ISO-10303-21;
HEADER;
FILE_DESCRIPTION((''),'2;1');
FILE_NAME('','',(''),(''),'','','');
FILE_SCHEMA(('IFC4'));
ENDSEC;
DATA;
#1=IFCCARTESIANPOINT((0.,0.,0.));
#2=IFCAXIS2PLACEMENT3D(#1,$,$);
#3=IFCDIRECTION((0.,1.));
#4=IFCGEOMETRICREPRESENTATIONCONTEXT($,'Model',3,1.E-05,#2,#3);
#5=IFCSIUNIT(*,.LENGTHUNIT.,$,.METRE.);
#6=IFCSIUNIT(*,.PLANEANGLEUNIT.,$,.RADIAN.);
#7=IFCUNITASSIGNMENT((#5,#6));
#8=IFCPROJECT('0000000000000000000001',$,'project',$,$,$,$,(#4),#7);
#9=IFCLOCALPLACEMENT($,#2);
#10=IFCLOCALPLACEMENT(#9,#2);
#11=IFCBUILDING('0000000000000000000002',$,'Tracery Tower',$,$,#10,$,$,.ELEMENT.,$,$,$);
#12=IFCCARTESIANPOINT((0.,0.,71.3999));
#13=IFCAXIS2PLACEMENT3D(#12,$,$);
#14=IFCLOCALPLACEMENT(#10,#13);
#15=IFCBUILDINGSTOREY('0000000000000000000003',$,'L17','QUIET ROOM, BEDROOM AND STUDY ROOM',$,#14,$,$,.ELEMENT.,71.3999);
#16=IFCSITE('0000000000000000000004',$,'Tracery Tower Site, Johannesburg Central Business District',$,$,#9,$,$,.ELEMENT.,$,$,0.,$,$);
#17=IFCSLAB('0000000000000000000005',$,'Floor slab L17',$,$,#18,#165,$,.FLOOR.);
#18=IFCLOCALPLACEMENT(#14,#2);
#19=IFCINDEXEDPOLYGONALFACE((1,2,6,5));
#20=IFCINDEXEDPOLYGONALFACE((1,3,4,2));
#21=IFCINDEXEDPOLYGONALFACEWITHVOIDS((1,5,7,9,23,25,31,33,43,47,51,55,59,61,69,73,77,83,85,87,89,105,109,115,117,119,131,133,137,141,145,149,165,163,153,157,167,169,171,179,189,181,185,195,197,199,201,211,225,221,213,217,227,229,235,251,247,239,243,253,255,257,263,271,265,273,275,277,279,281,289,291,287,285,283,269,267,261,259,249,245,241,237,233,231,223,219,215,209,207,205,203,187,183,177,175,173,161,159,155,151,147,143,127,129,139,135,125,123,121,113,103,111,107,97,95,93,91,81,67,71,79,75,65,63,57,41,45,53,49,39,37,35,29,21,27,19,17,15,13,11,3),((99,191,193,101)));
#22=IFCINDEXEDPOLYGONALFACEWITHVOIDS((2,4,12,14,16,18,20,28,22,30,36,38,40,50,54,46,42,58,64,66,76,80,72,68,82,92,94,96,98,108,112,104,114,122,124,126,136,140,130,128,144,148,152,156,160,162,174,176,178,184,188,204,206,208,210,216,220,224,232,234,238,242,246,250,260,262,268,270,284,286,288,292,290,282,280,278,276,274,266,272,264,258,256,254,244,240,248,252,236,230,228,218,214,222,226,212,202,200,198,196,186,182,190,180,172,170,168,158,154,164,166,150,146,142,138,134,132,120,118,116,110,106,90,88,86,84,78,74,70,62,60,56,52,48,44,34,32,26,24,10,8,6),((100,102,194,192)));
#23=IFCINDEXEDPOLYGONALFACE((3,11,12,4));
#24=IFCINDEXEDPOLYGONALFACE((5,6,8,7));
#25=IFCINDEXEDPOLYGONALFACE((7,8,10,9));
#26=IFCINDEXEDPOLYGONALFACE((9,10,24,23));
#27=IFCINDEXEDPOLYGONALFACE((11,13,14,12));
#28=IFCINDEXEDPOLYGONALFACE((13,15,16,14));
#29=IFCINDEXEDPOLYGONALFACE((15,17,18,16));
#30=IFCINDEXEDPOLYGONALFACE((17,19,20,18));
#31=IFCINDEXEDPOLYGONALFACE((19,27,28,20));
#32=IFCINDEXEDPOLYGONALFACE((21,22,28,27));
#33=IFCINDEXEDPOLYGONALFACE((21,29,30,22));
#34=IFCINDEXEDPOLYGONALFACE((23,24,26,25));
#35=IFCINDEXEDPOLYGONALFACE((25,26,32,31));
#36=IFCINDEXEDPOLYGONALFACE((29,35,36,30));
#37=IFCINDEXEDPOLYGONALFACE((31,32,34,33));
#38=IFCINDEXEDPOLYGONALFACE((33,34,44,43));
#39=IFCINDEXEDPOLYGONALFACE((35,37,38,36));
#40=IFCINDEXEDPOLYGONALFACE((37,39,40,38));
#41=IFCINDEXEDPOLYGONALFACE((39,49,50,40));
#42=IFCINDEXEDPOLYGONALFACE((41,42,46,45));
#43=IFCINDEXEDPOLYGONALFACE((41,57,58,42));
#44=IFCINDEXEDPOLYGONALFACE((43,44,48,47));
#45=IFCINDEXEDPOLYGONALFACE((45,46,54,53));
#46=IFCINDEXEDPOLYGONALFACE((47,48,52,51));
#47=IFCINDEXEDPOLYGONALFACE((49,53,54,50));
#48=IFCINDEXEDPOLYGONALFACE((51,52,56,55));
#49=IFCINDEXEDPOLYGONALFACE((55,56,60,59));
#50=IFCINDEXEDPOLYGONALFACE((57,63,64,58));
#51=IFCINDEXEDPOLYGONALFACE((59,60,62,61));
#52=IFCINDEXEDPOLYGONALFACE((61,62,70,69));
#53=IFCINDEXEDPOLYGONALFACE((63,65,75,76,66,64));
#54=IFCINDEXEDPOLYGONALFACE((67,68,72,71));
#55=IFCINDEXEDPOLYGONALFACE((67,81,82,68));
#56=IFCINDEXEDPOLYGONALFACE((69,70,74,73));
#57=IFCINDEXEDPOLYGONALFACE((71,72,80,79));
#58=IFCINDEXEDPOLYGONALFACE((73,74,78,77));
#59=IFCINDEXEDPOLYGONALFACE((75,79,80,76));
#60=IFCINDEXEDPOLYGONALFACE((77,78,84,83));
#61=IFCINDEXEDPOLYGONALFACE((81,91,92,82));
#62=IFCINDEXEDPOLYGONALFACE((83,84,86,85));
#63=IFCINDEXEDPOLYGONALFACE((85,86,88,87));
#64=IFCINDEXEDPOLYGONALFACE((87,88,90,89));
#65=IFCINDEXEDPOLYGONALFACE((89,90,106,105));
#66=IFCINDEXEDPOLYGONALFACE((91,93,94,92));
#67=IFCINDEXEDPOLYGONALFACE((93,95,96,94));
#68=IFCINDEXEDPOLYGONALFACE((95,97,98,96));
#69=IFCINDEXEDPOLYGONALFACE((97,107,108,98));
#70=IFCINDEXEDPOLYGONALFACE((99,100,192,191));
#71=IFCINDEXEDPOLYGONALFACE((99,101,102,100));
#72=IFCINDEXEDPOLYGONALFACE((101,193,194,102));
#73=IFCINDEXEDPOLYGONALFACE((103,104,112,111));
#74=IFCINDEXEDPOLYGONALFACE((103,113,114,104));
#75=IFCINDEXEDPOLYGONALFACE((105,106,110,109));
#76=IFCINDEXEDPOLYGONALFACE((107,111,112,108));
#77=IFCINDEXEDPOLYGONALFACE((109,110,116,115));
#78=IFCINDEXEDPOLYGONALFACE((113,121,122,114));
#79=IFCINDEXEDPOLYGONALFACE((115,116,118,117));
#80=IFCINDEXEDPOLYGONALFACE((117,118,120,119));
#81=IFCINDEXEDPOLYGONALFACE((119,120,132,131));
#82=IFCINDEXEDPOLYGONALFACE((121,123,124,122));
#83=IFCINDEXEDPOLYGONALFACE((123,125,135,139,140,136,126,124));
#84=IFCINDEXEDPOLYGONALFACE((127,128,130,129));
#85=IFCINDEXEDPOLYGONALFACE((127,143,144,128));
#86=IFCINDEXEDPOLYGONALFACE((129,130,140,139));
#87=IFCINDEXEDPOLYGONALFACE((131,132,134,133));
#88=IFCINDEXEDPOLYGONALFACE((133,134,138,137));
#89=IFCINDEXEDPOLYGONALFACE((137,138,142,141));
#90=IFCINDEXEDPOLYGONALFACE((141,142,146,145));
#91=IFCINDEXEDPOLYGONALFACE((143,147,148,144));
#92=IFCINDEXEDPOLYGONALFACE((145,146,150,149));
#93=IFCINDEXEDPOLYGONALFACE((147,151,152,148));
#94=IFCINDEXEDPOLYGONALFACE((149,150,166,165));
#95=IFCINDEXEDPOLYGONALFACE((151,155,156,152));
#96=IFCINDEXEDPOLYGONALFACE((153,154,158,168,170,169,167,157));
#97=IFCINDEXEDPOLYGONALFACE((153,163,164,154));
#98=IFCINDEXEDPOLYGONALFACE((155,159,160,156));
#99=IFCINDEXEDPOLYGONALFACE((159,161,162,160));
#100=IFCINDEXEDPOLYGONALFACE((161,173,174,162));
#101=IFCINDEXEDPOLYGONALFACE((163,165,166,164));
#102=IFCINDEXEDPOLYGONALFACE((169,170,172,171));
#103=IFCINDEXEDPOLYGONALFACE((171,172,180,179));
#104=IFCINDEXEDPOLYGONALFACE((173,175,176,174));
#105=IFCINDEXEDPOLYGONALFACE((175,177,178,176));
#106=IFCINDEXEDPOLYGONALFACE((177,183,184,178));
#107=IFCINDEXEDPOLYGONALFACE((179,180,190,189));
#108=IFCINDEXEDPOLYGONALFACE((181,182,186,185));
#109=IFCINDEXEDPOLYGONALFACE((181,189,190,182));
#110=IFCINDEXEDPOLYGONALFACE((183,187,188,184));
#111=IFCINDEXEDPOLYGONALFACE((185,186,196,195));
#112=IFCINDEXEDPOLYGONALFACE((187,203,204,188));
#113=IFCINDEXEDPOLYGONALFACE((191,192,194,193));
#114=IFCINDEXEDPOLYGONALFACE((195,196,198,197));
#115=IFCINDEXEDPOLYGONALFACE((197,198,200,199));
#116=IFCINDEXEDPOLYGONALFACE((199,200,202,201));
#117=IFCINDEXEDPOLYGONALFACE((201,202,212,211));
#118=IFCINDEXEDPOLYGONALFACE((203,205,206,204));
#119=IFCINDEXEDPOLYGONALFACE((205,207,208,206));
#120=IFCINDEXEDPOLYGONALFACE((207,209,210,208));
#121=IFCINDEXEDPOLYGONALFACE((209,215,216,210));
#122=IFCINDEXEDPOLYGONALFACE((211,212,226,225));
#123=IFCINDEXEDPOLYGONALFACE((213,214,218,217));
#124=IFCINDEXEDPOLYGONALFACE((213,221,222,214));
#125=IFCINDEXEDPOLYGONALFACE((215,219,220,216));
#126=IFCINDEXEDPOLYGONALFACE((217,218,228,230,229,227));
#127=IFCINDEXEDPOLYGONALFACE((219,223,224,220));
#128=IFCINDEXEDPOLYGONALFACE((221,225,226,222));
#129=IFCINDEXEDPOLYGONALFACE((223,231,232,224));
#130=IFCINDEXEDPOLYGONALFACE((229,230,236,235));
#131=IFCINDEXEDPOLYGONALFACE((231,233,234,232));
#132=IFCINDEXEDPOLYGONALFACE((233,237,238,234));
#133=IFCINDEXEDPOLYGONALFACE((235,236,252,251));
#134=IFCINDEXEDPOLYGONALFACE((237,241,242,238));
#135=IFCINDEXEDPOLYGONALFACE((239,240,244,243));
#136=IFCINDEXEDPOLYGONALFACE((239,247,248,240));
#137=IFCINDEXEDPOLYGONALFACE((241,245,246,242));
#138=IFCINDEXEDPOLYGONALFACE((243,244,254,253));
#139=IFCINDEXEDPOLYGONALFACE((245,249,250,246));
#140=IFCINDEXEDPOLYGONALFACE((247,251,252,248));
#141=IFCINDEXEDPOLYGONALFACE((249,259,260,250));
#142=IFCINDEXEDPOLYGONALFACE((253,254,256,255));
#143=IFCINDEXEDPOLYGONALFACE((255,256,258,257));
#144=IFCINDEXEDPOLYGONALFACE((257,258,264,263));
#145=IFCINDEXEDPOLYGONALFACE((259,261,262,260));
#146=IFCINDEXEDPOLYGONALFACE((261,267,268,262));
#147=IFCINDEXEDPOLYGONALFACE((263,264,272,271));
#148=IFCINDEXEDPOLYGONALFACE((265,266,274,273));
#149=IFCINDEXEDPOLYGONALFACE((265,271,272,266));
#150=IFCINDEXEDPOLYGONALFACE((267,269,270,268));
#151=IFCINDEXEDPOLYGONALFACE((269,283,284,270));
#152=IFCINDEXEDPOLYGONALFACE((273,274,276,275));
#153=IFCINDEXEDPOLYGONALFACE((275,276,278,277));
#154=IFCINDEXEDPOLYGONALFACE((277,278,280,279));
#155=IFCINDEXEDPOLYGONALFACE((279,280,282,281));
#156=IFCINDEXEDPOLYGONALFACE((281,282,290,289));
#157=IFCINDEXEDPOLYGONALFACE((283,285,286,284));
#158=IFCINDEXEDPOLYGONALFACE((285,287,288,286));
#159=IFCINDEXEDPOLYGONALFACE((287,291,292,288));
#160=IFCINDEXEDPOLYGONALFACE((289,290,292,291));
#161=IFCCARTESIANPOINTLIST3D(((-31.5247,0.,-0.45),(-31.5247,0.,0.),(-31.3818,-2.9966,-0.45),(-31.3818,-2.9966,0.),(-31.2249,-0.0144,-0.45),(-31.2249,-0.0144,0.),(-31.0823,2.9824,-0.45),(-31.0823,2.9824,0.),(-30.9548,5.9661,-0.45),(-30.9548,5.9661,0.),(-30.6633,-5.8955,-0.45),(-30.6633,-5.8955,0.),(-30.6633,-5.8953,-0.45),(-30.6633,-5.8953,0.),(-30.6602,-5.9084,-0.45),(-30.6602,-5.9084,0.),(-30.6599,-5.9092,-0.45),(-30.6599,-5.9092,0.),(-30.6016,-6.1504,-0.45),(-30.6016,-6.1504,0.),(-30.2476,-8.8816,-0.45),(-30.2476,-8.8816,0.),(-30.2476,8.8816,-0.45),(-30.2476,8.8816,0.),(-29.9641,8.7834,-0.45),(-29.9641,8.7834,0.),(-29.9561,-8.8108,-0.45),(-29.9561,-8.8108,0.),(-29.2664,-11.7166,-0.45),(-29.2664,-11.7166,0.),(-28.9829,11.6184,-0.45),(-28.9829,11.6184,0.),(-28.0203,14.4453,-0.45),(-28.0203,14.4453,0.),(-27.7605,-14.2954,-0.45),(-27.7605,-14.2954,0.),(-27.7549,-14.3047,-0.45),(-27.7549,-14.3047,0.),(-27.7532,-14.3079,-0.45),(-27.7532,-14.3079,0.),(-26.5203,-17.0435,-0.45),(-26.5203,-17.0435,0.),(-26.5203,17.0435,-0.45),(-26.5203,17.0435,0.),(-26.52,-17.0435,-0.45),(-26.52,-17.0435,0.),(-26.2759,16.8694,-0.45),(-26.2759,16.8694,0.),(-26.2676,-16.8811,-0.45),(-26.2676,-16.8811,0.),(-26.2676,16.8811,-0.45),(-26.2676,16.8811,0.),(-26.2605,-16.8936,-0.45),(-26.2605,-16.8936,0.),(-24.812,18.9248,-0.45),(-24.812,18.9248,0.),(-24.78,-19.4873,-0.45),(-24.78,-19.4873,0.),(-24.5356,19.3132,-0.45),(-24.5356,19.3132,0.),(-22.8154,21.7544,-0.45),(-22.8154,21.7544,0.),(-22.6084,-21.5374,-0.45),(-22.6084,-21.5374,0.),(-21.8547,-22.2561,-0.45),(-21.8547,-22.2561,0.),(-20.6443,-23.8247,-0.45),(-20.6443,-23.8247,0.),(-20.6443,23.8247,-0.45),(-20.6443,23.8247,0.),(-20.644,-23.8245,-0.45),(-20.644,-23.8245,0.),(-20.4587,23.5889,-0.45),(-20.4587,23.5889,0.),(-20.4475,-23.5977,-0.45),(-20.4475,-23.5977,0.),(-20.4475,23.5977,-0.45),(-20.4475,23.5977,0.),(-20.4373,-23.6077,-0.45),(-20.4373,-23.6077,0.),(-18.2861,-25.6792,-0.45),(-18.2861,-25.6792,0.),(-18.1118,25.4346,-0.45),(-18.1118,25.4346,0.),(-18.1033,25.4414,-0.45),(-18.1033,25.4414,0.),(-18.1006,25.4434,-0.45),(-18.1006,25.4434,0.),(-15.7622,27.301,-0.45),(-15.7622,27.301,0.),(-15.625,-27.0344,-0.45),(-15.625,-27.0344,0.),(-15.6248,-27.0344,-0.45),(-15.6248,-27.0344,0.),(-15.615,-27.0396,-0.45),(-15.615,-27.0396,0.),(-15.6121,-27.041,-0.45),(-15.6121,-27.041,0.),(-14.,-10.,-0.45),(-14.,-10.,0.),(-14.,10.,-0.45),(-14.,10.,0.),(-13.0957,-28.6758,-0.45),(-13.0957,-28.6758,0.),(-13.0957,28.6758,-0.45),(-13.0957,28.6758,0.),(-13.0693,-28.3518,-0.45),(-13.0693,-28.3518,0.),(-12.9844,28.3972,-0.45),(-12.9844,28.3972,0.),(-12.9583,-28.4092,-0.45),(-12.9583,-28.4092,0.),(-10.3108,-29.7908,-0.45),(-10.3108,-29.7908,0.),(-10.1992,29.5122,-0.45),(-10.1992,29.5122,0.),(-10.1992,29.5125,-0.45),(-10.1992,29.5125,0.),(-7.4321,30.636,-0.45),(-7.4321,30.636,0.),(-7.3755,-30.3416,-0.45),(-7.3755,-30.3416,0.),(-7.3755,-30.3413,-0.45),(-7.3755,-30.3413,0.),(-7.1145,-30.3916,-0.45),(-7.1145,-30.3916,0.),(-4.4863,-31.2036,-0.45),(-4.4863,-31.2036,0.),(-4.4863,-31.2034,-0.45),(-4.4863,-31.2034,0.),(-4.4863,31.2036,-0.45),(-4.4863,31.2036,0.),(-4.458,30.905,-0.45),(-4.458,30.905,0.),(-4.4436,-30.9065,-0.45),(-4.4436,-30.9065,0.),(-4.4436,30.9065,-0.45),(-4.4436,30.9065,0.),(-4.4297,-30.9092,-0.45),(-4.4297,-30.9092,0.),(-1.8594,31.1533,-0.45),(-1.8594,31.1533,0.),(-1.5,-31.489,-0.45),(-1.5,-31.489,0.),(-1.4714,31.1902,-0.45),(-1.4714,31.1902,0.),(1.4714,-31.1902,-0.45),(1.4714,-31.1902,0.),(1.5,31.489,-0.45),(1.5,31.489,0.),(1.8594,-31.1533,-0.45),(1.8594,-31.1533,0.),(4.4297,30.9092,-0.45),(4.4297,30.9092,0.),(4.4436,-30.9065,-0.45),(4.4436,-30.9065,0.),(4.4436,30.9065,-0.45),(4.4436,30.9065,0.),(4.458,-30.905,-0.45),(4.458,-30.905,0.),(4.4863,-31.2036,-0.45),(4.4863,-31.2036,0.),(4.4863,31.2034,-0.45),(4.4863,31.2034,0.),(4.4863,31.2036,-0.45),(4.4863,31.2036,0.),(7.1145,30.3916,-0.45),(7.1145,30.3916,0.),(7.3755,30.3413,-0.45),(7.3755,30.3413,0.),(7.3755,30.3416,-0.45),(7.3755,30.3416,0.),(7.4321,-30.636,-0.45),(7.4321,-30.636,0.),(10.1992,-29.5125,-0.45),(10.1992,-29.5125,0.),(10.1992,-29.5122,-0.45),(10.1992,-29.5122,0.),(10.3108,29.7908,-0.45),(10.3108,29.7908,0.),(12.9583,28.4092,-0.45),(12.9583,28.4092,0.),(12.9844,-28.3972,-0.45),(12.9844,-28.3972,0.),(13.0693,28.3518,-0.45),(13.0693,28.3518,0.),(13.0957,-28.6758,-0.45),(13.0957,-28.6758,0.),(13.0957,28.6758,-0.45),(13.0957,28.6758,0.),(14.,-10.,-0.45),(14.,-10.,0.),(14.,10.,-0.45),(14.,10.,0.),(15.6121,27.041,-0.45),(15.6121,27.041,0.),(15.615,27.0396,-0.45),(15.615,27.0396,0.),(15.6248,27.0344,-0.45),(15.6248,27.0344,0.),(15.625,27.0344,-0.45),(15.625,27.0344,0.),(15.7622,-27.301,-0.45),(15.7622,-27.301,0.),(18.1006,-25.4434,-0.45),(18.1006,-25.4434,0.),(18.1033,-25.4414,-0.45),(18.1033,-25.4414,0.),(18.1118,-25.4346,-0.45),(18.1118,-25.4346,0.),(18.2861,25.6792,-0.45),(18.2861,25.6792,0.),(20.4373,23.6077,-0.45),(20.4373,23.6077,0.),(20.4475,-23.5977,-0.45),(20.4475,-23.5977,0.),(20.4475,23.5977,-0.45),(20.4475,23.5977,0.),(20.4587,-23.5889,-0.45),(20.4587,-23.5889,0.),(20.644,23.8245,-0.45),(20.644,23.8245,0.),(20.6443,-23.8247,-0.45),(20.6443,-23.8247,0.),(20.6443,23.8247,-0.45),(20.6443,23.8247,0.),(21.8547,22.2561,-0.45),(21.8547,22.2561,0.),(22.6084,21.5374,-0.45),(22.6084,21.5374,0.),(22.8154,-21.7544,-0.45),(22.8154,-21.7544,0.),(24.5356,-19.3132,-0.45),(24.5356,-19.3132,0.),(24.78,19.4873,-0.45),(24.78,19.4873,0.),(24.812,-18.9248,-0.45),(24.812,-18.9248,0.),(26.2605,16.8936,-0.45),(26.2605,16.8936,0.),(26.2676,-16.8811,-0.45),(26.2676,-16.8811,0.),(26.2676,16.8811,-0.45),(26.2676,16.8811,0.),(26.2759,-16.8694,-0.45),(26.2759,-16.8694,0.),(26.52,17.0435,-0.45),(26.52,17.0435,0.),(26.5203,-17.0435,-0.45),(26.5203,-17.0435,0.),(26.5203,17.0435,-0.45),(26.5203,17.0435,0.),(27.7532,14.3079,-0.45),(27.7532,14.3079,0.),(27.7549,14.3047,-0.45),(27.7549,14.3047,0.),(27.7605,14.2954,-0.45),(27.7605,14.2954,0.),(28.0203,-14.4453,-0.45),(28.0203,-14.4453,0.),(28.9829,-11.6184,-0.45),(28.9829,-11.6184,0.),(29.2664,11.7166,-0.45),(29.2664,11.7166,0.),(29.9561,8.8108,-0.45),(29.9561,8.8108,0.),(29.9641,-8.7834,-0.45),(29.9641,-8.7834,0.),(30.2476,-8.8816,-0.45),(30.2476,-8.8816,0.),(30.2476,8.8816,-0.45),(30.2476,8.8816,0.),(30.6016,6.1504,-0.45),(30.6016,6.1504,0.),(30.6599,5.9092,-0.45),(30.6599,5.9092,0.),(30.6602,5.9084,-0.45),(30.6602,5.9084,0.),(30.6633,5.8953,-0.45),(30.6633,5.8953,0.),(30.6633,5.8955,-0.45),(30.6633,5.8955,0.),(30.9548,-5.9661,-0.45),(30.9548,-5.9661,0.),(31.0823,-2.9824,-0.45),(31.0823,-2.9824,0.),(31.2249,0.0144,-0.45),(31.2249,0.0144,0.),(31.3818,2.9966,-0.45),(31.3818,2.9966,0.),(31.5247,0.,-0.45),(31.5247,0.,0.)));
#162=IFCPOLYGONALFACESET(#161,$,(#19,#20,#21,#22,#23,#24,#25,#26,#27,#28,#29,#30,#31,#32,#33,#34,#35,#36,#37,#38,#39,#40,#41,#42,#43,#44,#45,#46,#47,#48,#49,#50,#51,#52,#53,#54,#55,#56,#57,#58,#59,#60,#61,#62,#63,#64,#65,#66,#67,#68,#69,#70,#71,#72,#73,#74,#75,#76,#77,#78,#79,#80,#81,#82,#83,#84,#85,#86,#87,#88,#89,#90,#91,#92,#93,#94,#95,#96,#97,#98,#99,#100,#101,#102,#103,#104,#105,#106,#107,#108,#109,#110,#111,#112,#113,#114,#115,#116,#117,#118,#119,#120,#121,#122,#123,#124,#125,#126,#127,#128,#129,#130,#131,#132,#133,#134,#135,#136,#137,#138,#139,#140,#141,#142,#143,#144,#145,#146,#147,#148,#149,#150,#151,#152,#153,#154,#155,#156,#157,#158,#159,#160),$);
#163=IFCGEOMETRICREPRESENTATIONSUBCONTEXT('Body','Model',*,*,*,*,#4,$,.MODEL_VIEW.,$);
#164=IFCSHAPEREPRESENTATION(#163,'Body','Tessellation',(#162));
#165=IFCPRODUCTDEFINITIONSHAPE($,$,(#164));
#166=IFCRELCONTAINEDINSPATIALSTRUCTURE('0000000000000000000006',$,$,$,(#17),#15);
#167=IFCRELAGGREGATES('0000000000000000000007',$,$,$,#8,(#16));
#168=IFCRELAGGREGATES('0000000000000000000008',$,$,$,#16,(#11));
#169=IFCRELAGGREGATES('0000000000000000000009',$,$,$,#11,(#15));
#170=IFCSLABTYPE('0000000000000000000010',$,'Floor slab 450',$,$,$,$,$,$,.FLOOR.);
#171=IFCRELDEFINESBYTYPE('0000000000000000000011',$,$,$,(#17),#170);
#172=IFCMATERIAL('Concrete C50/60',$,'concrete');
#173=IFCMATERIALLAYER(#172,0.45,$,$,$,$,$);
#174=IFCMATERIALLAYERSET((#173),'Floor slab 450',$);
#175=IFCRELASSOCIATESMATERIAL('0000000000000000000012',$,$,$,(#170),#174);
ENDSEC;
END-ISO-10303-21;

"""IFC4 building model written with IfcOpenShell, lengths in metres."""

from ifc_helpers import new_model, si_unit, direction, frame, origin, place, context, subcontext, project, spatial, polyline, outline, extrude, material, layer, layer_set, type_object, element, save


model = new_model("IFC4")

# Units and contexts
model_context = context("Model", 3, precision=1e-05, world=origin(), true_north=direction((0.0, 1.0)))
body_context = subcontext(model_context, "Body", "Model", "MODEL_VIEW")
ifc_project = project(units=[si_unit("LENGTHUNIT", "METRE"), si_unit("PLANEANGLEUNIT", "RADIAN")], contexts=[model_context])

# Site, building, storey
site_placement = place(None, origin())
site = spatial("IfcSite", under=ifc_project, at=site_placement, Name="Tracery Tower Site, Johannesburg Central Business District", CompositionType="ELEMENT", RefElevation=0.0)
building_placement = place(site_placement, origin())
building = spatial("IfcBuilding", under=site, at=building_placement, Name="Tracery Tower", CompositionType="ELEMENT")
storey_placement = place(building_placement, frame((0.0, 0.0, 71.3999)))
storey = spatial("IfcBuildingStorey", under=building, at=storey_placement, Name="L17", Description="QUIET ROOM, BEDROOM AND STUDY ROOM", CompositionType="ELEMENT", Elevation=71.3999)

# Slab
ifc_material_1 = material(Name="Concrete C50/60", Category="concrete")
ifc_layer_1 = layer(ifc_material_1, 0.45)
ifc_layer_set_1 = layer_set([ifc_layer_1], Name="Floor slab 450")
slab_type_1 = type_object("IfcSlabType", Name="Floor slab 450", PredefinedType="FLOOR", material=ifc_layer_set_1)
slab_1_placement = place(storey_placement, frame((0.0, 0.0, -0.45)))
element("IfcSlab", 1, at=slab_1_placement, inside=storey, type_object=slab_type_1, Name="Floor slab L17", PredefinedType="FLOOR", context=body_context, shape_type="SweptSolid", body=[
    extrude(outline(polyline([(30.6633, 5.8955), (30.6633, 5.8953), (30.6602, 5.9084), (30.6599, 5.9092), (30.6016, 6.1504), (29.9561, 8.8108), (30.2476, 8.8816), (30.2476, 8.8816), (29.2664, 11.7166), (27.7605, 14.2954), (27.7605, 14.2954), (27.7549, 14.3047), (27.7532, 14.3079), (26.2676, 16.8811), (26.2676, 16.8811), (26.2605, 16.8936), (26.52, 17.0435), (26.5203, 17.0435), (24.78, 19.4873), (22.6084, 21.5374), (22.6084, 21.5374), (21.8547, 22.2561), (20.4475, 23.5977), (20.4475, 23.5977), (20.4373, 23.6077), (20.644, 23.8245), (20.6443, 23.8247), (18.2861, 25.6792), (15.625, 27.0344), (15.6248, 27.0344), (15.615, 27.0396), (15.6121, 27.041), (13.0693, 28.3518), (12.9583, 28.4092), (13.0957, 28.6758), (10.3108, 29.7908), (7.3755, 30.3416), (7.3755, 30.3413), (7.1145, 30.3916), (4.4436, 30.9065), (4.4436, 30.9065), (4.4297, 30.9092), (4.4863, 31.2034), (4.4863, 31.2036), (1.5, 31.489), (-1.4714, 31.1902), (-1.4714, 31.1902), (-1.8594, 31.1533), (-4.4436, 30.9065), (-4.4436, 30.9065), (-4.458, 30.905), (-4.4863, 31.2036), (-7.4321, 30.636), (-10.1992, 29.5125), (-10.1992, 29.5122), (-12.9844, 28.3972), (-13.0957, 28.6758), (-13.0957, 28.6758), (-15.7622, 27.301), (-18.1006, 25.4434), (-18.1006, 25.4434), (-18.1033, 25.4414), (-18.1118, 25.4346), (-20.4475, 23.5977), (-20.4475, 23.5977), (-20.4587, 23.5889), (-20.6443, 23.8247), (-22.8154, 21.7544), (-24.5356, 19.3132), (-24.5356, 19.3132), (-24.812, 18.9248), (-26.2676, 16.8811), (-26.2676, 16.8811), (-26.2759, 16.8694), (-26.5203, 17.0435), (-28.0203, 14.4453), (-28.9829, 11.6184), (-28.9829, 11.6184), (-29.9641, 8.7834), (-30.2476, 8.8816), (-30.9548, 5.9661), (-31.0823, 2.9824), (-31.0823, 2.9824), (-31.2249, -0.0144), (-31.5247, 0.0), (-31.5247, 0.0), (-31.3818, -2.9966), (-30.6633, -5.8955), (-30.6633, -5.8953), (-30.6602, -5.9084), (-30.6599, -5.9092), (-30.6016, -6.1504), (-29.9561, -8.8108), (-30.2476, -8.8816), (-30.2476, -8.8816), (-29.2664, -11.7166), (-27.7605, -14.2954), (-27.7605, -14.2954), (-27.7549, -14.3047), (-27.7532, -14.3079), (-26.2676, -16.8811), (-26.2676, -16.8811), (-26.2605, -16.8936), (-26.52, -17.0435), (-26.5203, -17.0435), (-24.78, -19.4873), (-22.6084, -21.5374), (-22.6084, -21.5374), (-21.8547, -22.2561), (-20.4475, -23.5977), (-20.4475, -23.5977), (-20.4373, -23.6077), (-20.644, -23.8245), (-20.6443, -23.8247), (-18.2861, -25.6792), (-15.625, -27.0344), (-15.6248, -27.0344), (-15.615, -27.0396), (-15.6121, -27.041), (-13.0693, -28.3518), (-12.9583, -28.4092), (-13.0957, -28.6758), (-10.3108, -29.7908), (-7.3755, -30.3416), (-7.3755, -30.3413), (-7.1145, -30.3916), (-4.4436, -30.9065), (-4.4436, -30.9065), (-4.4297, -30.9092), (-4.4863, -31.2034), (-4.4863, -31.2036), (-1.5, -31.489), (1.4714, -31.1902), (1.4714, -31.1902), (1.8594, -31.1533), (4.4436, -30.9065), (4.4436, -30.9065), (4.458, -30.905), (4.4863, -31.2036), (7.4321, -30.636), (10.1992, -29.5125), (10.1992, -29.5122), (12.9844, -28.3972), (13.0957, -28.6758), (13.0957, -28.6758), (15.7622, -27.301), (18.1006, -25.4434), (18.1006, -25.4434), (18.1033, -25.4414), (18.1118, -25.4346), (20.4475, -23.5977), (20.4475, -23.5977), (20.4587, -23.5889), (20.6443, -23.8247), (22.8154, -21.7544), (24.5356, -19.3132), (24.5356, -19.3132), (24.812, -18.9248), (26.2676, -16.8811), (26.2676, -16.8811), (26.2759, -16.8694), (26.5203, -17.0435), (28.0203, -14.4453), (28.9829, -11.6184), (28.9829, -11.6184), (29.9641, -8.7834), (30.2476, -8.8816), (30.9548, -5.9661), (31.0823, -2.9824), (31.0823, -2.9824), (31.2249, 0.0144), (31.5247, 0.0), (31.3818, 2.9966), (30.6633, 5.8955)]), holes=[polyline([(-14.0, -10.0), (14.0, -10.0), (14.0, 10.0), (-14.0, 10.0), (-14.0, -10.0)])]), origin(), (0.0, 0.0, 1.0), 0.45),
])

save(model, "model.ifc")
